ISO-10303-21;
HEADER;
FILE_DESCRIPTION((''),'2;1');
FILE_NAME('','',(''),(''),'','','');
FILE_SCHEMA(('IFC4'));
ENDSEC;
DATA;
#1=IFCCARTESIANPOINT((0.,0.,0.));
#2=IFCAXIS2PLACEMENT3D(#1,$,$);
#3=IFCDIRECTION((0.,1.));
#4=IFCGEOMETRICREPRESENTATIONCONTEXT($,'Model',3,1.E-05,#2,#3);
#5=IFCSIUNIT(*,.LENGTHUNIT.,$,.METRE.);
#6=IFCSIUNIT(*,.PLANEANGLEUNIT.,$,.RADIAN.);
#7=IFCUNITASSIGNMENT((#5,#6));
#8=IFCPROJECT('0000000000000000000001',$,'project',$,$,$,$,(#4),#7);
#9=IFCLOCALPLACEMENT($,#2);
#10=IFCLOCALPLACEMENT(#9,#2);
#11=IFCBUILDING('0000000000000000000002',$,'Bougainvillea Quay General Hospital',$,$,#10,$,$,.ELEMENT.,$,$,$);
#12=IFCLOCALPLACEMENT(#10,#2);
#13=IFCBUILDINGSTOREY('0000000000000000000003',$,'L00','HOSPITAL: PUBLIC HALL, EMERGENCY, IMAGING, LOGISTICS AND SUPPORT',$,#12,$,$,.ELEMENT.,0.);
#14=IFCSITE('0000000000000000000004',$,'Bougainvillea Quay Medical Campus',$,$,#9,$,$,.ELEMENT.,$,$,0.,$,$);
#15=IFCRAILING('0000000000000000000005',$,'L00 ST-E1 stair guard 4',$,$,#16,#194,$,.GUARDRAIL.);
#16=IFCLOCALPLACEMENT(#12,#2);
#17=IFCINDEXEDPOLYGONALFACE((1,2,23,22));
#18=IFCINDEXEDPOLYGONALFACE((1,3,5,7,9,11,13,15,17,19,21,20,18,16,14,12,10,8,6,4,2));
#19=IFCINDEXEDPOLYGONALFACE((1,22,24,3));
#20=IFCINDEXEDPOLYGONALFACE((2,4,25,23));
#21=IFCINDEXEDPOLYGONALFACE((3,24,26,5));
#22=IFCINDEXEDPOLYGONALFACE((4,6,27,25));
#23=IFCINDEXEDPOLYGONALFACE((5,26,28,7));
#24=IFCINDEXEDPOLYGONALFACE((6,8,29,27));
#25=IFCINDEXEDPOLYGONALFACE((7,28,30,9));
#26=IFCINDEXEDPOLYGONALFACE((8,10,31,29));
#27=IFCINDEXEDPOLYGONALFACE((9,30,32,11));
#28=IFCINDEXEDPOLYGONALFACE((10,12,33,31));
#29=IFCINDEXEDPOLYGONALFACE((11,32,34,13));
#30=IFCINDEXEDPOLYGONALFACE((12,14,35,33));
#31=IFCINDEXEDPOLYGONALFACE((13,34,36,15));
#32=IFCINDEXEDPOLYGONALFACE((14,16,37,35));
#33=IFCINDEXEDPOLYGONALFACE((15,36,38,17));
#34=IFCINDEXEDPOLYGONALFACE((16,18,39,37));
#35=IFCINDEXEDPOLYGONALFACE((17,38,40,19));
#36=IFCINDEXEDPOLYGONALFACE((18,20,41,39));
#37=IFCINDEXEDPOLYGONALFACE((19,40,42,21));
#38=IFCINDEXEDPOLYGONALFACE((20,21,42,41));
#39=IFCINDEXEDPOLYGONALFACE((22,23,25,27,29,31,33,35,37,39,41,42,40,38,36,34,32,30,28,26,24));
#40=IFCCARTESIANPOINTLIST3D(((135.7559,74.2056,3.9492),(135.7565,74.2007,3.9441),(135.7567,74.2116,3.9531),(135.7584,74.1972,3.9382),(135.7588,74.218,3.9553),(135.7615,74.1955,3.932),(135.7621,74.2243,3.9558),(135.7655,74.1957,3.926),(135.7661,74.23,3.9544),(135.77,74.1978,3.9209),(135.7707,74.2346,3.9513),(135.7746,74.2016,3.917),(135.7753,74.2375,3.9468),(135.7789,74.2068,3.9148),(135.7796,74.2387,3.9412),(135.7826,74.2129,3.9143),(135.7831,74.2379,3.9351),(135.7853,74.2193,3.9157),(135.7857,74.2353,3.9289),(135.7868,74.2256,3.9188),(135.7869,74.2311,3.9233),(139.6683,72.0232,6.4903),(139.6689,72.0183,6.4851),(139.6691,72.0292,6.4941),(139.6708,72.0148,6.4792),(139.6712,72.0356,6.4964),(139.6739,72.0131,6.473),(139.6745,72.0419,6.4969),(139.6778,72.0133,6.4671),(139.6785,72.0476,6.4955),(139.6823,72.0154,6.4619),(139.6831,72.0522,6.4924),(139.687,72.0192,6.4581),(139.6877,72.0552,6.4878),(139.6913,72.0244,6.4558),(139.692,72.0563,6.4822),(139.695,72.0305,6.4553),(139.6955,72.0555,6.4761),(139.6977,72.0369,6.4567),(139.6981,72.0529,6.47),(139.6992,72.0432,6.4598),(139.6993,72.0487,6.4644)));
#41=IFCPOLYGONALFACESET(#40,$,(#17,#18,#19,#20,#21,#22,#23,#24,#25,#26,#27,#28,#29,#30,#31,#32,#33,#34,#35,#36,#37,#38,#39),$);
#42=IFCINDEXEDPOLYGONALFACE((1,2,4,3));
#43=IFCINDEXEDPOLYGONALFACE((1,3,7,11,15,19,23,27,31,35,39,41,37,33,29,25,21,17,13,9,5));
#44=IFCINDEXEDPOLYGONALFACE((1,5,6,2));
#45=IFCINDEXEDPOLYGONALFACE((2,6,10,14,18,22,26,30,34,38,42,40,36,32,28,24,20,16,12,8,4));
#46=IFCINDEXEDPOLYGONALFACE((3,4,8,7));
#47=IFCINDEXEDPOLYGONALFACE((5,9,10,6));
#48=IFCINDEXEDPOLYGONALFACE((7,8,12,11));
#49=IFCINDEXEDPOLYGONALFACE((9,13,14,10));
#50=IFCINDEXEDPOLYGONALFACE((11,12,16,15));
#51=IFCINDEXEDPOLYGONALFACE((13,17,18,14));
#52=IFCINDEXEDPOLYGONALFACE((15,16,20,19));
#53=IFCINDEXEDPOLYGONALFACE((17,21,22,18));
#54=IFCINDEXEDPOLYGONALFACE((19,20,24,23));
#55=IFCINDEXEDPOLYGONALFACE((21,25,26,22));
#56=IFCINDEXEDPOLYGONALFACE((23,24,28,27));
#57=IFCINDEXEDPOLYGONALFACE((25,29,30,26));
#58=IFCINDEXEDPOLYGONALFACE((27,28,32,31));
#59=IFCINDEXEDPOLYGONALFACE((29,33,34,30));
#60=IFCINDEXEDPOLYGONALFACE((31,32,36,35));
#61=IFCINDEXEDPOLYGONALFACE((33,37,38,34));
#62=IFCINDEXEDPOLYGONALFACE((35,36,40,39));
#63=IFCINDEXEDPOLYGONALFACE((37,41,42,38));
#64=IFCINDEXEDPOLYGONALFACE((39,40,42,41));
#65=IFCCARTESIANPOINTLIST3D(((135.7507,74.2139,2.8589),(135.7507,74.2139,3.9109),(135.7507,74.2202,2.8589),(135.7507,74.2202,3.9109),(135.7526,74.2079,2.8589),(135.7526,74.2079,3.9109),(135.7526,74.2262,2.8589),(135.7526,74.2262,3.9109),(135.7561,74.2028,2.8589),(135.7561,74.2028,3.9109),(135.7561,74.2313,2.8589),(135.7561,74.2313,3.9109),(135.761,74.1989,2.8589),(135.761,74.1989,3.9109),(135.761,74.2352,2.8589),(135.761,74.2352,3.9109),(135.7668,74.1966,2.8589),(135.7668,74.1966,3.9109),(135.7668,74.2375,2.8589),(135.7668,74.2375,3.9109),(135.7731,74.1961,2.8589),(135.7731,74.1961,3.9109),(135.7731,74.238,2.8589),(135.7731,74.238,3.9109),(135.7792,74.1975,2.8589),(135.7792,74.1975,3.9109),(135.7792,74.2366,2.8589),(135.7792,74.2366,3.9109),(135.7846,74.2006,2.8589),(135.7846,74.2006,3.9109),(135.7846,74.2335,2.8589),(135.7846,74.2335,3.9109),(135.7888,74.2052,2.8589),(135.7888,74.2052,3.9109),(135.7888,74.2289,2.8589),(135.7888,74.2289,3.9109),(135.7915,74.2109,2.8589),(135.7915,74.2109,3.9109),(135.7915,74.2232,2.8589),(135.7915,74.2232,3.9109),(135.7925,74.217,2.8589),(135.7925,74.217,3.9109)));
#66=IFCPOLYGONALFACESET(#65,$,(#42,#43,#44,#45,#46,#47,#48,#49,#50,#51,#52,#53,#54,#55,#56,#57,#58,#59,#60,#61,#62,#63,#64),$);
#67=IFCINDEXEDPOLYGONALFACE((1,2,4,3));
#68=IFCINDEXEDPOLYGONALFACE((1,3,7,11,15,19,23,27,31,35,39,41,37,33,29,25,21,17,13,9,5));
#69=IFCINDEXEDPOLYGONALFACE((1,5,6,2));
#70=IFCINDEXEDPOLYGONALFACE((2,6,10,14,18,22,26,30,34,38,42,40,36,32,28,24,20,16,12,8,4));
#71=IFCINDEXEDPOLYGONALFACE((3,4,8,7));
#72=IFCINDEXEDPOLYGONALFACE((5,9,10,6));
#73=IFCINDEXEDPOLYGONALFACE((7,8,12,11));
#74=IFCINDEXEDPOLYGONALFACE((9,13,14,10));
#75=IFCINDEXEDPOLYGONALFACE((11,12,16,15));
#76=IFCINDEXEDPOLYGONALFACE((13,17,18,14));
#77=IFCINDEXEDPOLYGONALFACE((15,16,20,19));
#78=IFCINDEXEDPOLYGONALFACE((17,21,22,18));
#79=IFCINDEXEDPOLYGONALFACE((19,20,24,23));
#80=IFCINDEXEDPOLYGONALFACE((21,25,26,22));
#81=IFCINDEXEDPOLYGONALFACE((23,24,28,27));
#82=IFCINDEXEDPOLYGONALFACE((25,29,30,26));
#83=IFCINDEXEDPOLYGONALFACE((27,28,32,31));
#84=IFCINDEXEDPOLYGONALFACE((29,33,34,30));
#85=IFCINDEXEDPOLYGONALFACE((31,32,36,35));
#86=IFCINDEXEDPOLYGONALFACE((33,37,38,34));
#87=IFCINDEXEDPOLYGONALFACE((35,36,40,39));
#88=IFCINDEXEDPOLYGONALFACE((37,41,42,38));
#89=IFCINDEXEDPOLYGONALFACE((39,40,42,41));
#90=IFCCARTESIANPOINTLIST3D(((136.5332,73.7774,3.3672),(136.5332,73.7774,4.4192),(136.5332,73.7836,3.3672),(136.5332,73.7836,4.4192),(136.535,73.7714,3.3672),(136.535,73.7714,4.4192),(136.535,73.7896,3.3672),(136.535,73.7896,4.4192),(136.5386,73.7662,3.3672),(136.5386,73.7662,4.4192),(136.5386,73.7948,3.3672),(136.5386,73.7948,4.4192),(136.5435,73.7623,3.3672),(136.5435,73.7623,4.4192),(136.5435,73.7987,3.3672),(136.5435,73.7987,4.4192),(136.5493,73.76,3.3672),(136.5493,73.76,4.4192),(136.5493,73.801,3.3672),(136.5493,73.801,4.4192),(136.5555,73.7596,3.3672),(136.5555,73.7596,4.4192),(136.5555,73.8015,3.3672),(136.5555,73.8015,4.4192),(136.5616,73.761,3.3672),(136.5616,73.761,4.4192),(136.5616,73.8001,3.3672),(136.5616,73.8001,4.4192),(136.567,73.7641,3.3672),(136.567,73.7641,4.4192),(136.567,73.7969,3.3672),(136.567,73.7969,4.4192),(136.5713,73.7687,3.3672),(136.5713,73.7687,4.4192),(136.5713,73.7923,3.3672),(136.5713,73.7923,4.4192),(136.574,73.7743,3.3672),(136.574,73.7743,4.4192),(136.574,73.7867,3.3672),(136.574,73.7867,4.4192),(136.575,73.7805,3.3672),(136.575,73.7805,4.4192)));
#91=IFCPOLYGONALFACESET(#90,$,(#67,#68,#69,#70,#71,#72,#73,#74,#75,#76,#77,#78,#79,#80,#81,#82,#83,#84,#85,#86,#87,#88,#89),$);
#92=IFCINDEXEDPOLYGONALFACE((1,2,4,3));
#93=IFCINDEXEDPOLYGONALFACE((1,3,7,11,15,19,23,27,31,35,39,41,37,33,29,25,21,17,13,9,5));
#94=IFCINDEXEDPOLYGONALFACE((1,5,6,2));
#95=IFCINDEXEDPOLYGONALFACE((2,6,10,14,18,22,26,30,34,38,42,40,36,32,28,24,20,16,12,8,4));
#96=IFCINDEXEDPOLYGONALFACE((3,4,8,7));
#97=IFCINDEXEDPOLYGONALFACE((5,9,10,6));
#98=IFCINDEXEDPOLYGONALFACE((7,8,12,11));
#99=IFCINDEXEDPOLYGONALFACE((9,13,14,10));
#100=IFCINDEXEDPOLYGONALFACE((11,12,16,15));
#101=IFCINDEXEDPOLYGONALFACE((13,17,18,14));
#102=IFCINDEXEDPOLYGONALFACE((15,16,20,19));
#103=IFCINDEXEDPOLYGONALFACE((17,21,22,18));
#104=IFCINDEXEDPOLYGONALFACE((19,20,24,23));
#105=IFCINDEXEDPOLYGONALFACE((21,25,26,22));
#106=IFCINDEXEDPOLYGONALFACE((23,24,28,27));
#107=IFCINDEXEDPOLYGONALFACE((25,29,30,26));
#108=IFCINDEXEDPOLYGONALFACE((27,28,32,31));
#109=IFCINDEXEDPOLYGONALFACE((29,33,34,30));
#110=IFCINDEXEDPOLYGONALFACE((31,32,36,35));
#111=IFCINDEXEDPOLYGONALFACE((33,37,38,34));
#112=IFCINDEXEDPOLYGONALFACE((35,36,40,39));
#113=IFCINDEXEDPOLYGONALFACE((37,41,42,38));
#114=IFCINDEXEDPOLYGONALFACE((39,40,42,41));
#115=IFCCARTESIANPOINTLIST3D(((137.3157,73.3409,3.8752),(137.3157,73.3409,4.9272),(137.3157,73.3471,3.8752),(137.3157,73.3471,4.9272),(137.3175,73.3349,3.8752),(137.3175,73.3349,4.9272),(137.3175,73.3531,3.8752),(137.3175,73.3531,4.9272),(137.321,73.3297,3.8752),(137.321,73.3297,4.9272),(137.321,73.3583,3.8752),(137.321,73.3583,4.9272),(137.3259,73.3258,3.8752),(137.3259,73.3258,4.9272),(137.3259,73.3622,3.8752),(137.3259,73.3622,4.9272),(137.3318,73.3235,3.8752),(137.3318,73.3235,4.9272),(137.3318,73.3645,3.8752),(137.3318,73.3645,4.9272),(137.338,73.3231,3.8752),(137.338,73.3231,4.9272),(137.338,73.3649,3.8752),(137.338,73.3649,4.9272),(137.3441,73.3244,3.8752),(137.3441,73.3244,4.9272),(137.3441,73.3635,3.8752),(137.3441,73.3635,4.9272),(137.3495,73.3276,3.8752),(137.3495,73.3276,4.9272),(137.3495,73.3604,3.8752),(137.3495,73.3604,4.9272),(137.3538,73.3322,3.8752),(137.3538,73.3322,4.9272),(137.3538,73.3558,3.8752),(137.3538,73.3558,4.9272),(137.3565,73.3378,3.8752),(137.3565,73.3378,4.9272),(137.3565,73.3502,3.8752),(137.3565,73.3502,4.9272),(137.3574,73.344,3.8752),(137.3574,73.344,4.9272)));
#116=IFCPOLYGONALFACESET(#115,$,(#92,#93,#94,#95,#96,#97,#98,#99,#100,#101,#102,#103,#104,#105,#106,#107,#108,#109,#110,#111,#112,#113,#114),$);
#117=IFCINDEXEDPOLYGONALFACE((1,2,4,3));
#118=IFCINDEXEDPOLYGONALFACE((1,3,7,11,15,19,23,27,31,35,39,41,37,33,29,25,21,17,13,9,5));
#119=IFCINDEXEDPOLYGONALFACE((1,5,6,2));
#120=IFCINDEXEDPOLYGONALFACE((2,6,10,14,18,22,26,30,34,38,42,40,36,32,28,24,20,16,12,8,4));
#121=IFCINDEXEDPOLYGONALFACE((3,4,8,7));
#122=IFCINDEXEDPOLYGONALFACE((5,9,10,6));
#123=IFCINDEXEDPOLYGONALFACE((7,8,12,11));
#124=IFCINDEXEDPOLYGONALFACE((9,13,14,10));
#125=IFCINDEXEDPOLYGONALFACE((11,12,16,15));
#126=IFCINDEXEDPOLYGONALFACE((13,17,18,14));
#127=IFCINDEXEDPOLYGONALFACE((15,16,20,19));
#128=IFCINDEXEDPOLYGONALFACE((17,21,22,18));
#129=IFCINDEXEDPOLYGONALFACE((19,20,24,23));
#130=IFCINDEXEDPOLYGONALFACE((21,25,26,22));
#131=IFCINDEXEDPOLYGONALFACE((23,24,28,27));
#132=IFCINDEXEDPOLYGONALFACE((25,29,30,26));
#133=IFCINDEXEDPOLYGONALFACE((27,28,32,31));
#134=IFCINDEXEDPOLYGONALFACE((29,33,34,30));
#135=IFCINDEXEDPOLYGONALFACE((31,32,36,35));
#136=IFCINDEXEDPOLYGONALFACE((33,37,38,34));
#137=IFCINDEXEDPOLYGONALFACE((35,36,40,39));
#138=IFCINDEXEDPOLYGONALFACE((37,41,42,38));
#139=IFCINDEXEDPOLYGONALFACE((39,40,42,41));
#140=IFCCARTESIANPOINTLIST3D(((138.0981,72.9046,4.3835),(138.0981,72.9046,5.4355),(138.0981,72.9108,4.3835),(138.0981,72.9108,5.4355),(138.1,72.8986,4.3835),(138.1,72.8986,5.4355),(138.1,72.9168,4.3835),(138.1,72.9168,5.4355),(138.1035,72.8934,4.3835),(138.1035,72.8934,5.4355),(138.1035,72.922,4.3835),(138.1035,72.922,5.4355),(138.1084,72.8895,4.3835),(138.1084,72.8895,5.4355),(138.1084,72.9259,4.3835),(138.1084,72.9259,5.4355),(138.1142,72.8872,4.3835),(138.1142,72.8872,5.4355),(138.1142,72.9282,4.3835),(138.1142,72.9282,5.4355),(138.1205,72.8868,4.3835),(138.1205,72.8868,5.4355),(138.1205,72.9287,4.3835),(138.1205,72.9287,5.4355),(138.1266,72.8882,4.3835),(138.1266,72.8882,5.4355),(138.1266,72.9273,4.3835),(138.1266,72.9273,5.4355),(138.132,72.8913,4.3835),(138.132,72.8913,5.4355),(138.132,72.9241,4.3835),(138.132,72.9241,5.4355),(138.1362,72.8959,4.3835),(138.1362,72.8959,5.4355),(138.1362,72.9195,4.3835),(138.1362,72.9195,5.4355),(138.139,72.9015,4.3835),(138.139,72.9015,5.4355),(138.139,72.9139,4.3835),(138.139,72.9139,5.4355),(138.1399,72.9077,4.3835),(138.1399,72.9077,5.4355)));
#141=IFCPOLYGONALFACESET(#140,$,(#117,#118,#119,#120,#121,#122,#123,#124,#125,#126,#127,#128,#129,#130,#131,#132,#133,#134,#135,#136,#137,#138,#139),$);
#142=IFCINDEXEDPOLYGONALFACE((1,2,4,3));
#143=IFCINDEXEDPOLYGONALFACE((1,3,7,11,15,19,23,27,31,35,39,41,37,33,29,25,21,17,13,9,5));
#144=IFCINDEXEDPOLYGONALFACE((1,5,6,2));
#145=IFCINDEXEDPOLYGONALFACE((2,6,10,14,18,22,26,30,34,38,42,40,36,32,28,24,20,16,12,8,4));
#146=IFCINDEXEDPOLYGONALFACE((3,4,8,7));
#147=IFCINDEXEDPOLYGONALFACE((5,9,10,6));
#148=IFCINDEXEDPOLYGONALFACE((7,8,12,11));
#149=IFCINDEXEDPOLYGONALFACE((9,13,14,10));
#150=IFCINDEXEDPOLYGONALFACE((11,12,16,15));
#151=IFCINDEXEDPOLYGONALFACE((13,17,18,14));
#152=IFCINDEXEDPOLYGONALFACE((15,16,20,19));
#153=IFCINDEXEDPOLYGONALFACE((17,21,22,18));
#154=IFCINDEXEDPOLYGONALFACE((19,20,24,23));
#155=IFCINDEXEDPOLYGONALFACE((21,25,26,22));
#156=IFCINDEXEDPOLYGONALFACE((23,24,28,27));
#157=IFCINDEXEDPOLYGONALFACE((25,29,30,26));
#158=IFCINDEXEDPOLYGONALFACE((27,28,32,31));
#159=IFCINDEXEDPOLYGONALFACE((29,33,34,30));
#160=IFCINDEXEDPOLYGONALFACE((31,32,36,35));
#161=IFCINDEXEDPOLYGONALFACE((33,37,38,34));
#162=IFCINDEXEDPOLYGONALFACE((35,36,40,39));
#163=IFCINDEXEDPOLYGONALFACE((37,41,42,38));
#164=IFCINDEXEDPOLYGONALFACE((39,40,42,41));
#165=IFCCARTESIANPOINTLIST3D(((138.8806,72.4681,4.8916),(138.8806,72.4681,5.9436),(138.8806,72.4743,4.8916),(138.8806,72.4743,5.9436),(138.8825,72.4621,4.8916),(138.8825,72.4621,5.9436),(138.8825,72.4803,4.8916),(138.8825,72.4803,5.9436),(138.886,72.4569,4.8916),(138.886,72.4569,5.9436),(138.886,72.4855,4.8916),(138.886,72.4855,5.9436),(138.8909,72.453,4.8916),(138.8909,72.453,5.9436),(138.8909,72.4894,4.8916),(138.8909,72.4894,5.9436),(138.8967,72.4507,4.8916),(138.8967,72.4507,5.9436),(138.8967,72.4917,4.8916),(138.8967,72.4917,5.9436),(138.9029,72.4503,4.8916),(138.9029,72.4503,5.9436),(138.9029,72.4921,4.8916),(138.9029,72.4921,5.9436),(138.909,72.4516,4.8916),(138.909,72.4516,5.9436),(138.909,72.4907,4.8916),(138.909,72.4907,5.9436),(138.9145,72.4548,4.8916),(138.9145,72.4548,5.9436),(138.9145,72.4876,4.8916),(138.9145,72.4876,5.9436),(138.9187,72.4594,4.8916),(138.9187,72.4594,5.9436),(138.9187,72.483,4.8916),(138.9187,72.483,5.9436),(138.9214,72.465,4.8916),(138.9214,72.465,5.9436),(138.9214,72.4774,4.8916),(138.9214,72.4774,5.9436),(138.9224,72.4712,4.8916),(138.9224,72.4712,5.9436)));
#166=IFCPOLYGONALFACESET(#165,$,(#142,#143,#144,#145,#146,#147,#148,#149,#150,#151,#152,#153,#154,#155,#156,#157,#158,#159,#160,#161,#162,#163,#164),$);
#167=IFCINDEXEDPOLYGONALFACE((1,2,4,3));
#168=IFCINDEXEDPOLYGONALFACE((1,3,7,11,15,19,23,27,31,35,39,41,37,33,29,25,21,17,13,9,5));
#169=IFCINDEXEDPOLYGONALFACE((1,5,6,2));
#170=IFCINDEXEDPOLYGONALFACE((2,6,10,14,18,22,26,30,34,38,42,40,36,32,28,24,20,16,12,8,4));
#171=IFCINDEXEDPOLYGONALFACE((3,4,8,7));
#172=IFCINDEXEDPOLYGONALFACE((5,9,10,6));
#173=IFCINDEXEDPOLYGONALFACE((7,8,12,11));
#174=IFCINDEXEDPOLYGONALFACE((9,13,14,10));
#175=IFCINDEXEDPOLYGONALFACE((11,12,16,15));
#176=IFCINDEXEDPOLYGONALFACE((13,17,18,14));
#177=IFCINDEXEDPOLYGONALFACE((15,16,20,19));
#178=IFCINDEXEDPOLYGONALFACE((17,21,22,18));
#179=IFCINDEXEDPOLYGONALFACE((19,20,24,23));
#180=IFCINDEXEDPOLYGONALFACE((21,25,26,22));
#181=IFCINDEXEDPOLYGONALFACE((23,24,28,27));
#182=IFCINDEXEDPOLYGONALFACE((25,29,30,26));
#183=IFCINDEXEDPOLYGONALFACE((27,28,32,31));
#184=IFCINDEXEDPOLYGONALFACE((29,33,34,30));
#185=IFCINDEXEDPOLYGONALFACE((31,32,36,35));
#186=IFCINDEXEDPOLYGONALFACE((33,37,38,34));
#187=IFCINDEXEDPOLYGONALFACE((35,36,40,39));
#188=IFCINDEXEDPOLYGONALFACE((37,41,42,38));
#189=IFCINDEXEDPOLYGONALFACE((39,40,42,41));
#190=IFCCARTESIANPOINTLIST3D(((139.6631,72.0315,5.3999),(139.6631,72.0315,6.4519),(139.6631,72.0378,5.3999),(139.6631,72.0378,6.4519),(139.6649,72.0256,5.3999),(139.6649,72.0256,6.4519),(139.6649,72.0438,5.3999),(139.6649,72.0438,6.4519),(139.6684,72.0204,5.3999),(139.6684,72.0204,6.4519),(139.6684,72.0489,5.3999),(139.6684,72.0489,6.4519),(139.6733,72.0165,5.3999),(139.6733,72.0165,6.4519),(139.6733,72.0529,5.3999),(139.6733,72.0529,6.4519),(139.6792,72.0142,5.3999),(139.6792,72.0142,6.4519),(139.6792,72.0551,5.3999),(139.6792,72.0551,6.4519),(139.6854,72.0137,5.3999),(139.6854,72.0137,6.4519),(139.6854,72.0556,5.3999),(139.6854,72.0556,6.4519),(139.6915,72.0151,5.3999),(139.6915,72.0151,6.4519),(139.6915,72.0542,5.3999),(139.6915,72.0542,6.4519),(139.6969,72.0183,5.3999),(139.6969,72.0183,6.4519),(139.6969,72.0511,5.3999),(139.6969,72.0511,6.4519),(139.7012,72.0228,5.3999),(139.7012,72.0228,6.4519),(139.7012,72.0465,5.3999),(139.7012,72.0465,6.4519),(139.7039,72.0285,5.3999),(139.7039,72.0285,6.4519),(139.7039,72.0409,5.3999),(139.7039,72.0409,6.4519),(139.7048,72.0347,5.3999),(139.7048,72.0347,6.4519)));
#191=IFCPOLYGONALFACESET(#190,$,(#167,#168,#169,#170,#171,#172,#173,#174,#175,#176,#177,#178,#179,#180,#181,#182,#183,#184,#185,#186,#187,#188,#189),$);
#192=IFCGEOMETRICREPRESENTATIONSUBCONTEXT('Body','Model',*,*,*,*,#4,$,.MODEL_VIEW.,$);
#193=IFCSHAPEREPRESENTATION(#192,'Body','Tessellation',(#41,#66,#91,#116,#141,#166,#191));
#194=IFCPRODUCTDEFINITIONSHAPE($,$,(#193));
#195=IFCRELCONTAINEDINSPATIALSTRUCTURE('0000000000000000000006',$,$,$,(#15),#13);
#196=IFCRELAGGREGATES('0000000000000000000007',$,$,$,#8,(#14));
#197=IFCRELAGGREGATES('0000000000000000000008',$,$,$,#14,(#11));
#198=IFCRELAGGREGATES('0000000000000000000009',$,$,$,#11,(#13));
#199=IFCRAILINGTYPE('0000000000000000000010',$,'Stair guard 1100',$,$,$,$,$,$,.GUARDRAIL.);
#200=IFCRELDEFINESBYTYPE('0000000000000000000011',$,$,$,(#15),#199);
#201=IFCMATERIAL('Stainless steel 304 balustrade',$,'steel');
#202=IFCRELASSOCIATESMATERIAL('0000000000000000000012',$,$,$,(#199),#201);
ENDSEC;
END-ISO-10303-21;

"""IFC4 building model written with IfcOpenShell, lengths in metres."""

from ifc_helpers import new_model, si_unit, direction, frame, origin, origin_2d, place, context, subcontext, project, spatial, circle, extrude, material, type_object, element, save


model = new_model("IFC4")

# Units and contexts
model_context = context("Model", 3, precision=1e-05, world=origin(), true_north=direction((0.0, 1.0)))
body_context = subcontext(model_context, "Body", "Model", "MODEL_VIEW")
ifc_project = project(units=[si_unit("LENGTHUNIT", "METRE"), si_unit("PLANEANGLEUNIT", "RADIAN")], contexts=[model_context])

# Site, building, storey
site_placement = place(None, origin())
site = spatial("IfcSite", under=ifc_project, at=site_placement, Name="Bougainvillea Quay Medical Campus", CompositionType="ELEMENT", RefElevation=0.0)
building_placement = place(site_placement, origin())
building = spatial("IfcBuilding", under=site, at=building_placement, Name="Bougainvillea Quay General Hospital", CompositionType="ELEMENT")
storey_placement = place(building_placement, origin())
storey = spatial("IfcBuildingStorey", under=building, at=storey_placement, Name="L00", Description="HOSPITAL: PUBLIC HALL, EMERGENCY, IMAGING, LOGISTICS AND SUPPORT", CompositionType="ELEMENT", Elevation=0.0)

# Railing
ifc_material_1 = material(Name="Stainless steel 304 balustrade", Category="steel")
railing_type_1 = type_object("IfcRailingType", Name="Stair guard 1100", PredefinedType="GUARDRAIL", material=ifc_material_1)
railing_1_placement = place(storey_placement, frame((135.7715, 74.217, 2.8589)))
element("IfcRailing", 1, at=railing_1_placement, inside=storey, type_object=railing_type_1, Name="L00 ST-E1 stair guard 4", PredefinedType="GUARDRAIL", context=body_context, shape_type="SweptSolid", body=[
    extrude(circle(Radius=0.0239, at=origin_2d()), frame((0.0, 0.0, 1.0762), z_axis=(0.75963, -0.423734, 0.493368), x_axis=(0.487151, 0.873318, 0.0)), (0.0, 0.0, 1.0), 5.1504),
    extrude(circle(Radius=0.021, at=origin_2d()), origin(), (0.0, 0.0, 1.0), 1.052),
    extrude(circle(Radius=0.021, at=origin_2d()), frame((0.7825, -0.4365, 0.5083)), (0.0, 0.0, 1.0), 1.052),
    extrude(circle(Radius=0.021, at=origin_2d()), frame((1.5649, -0.873, 1.0164)), (0.0, 0.0, 1.0), 1.052),
    extrude(circle(Radius=0.021, at=origin_2d()), frame((2.3474, -1.3093, 1.5247)), (0.0, 0.0, 1.0), 1.052),
    extrude(circle(Radius=0.021, at=origin_2d()), frame((3.1299, -1.7458, 2.0327)), (0.0, 0.0, 1.0), 1.052),
    extrude(circle(Radius=0.021, at=origin_2d()), frame((3.9124, -2.1824, 2.541)), (0.0, 0.0, 1.0), 1.052),
])

save(model, "model.ifc")
